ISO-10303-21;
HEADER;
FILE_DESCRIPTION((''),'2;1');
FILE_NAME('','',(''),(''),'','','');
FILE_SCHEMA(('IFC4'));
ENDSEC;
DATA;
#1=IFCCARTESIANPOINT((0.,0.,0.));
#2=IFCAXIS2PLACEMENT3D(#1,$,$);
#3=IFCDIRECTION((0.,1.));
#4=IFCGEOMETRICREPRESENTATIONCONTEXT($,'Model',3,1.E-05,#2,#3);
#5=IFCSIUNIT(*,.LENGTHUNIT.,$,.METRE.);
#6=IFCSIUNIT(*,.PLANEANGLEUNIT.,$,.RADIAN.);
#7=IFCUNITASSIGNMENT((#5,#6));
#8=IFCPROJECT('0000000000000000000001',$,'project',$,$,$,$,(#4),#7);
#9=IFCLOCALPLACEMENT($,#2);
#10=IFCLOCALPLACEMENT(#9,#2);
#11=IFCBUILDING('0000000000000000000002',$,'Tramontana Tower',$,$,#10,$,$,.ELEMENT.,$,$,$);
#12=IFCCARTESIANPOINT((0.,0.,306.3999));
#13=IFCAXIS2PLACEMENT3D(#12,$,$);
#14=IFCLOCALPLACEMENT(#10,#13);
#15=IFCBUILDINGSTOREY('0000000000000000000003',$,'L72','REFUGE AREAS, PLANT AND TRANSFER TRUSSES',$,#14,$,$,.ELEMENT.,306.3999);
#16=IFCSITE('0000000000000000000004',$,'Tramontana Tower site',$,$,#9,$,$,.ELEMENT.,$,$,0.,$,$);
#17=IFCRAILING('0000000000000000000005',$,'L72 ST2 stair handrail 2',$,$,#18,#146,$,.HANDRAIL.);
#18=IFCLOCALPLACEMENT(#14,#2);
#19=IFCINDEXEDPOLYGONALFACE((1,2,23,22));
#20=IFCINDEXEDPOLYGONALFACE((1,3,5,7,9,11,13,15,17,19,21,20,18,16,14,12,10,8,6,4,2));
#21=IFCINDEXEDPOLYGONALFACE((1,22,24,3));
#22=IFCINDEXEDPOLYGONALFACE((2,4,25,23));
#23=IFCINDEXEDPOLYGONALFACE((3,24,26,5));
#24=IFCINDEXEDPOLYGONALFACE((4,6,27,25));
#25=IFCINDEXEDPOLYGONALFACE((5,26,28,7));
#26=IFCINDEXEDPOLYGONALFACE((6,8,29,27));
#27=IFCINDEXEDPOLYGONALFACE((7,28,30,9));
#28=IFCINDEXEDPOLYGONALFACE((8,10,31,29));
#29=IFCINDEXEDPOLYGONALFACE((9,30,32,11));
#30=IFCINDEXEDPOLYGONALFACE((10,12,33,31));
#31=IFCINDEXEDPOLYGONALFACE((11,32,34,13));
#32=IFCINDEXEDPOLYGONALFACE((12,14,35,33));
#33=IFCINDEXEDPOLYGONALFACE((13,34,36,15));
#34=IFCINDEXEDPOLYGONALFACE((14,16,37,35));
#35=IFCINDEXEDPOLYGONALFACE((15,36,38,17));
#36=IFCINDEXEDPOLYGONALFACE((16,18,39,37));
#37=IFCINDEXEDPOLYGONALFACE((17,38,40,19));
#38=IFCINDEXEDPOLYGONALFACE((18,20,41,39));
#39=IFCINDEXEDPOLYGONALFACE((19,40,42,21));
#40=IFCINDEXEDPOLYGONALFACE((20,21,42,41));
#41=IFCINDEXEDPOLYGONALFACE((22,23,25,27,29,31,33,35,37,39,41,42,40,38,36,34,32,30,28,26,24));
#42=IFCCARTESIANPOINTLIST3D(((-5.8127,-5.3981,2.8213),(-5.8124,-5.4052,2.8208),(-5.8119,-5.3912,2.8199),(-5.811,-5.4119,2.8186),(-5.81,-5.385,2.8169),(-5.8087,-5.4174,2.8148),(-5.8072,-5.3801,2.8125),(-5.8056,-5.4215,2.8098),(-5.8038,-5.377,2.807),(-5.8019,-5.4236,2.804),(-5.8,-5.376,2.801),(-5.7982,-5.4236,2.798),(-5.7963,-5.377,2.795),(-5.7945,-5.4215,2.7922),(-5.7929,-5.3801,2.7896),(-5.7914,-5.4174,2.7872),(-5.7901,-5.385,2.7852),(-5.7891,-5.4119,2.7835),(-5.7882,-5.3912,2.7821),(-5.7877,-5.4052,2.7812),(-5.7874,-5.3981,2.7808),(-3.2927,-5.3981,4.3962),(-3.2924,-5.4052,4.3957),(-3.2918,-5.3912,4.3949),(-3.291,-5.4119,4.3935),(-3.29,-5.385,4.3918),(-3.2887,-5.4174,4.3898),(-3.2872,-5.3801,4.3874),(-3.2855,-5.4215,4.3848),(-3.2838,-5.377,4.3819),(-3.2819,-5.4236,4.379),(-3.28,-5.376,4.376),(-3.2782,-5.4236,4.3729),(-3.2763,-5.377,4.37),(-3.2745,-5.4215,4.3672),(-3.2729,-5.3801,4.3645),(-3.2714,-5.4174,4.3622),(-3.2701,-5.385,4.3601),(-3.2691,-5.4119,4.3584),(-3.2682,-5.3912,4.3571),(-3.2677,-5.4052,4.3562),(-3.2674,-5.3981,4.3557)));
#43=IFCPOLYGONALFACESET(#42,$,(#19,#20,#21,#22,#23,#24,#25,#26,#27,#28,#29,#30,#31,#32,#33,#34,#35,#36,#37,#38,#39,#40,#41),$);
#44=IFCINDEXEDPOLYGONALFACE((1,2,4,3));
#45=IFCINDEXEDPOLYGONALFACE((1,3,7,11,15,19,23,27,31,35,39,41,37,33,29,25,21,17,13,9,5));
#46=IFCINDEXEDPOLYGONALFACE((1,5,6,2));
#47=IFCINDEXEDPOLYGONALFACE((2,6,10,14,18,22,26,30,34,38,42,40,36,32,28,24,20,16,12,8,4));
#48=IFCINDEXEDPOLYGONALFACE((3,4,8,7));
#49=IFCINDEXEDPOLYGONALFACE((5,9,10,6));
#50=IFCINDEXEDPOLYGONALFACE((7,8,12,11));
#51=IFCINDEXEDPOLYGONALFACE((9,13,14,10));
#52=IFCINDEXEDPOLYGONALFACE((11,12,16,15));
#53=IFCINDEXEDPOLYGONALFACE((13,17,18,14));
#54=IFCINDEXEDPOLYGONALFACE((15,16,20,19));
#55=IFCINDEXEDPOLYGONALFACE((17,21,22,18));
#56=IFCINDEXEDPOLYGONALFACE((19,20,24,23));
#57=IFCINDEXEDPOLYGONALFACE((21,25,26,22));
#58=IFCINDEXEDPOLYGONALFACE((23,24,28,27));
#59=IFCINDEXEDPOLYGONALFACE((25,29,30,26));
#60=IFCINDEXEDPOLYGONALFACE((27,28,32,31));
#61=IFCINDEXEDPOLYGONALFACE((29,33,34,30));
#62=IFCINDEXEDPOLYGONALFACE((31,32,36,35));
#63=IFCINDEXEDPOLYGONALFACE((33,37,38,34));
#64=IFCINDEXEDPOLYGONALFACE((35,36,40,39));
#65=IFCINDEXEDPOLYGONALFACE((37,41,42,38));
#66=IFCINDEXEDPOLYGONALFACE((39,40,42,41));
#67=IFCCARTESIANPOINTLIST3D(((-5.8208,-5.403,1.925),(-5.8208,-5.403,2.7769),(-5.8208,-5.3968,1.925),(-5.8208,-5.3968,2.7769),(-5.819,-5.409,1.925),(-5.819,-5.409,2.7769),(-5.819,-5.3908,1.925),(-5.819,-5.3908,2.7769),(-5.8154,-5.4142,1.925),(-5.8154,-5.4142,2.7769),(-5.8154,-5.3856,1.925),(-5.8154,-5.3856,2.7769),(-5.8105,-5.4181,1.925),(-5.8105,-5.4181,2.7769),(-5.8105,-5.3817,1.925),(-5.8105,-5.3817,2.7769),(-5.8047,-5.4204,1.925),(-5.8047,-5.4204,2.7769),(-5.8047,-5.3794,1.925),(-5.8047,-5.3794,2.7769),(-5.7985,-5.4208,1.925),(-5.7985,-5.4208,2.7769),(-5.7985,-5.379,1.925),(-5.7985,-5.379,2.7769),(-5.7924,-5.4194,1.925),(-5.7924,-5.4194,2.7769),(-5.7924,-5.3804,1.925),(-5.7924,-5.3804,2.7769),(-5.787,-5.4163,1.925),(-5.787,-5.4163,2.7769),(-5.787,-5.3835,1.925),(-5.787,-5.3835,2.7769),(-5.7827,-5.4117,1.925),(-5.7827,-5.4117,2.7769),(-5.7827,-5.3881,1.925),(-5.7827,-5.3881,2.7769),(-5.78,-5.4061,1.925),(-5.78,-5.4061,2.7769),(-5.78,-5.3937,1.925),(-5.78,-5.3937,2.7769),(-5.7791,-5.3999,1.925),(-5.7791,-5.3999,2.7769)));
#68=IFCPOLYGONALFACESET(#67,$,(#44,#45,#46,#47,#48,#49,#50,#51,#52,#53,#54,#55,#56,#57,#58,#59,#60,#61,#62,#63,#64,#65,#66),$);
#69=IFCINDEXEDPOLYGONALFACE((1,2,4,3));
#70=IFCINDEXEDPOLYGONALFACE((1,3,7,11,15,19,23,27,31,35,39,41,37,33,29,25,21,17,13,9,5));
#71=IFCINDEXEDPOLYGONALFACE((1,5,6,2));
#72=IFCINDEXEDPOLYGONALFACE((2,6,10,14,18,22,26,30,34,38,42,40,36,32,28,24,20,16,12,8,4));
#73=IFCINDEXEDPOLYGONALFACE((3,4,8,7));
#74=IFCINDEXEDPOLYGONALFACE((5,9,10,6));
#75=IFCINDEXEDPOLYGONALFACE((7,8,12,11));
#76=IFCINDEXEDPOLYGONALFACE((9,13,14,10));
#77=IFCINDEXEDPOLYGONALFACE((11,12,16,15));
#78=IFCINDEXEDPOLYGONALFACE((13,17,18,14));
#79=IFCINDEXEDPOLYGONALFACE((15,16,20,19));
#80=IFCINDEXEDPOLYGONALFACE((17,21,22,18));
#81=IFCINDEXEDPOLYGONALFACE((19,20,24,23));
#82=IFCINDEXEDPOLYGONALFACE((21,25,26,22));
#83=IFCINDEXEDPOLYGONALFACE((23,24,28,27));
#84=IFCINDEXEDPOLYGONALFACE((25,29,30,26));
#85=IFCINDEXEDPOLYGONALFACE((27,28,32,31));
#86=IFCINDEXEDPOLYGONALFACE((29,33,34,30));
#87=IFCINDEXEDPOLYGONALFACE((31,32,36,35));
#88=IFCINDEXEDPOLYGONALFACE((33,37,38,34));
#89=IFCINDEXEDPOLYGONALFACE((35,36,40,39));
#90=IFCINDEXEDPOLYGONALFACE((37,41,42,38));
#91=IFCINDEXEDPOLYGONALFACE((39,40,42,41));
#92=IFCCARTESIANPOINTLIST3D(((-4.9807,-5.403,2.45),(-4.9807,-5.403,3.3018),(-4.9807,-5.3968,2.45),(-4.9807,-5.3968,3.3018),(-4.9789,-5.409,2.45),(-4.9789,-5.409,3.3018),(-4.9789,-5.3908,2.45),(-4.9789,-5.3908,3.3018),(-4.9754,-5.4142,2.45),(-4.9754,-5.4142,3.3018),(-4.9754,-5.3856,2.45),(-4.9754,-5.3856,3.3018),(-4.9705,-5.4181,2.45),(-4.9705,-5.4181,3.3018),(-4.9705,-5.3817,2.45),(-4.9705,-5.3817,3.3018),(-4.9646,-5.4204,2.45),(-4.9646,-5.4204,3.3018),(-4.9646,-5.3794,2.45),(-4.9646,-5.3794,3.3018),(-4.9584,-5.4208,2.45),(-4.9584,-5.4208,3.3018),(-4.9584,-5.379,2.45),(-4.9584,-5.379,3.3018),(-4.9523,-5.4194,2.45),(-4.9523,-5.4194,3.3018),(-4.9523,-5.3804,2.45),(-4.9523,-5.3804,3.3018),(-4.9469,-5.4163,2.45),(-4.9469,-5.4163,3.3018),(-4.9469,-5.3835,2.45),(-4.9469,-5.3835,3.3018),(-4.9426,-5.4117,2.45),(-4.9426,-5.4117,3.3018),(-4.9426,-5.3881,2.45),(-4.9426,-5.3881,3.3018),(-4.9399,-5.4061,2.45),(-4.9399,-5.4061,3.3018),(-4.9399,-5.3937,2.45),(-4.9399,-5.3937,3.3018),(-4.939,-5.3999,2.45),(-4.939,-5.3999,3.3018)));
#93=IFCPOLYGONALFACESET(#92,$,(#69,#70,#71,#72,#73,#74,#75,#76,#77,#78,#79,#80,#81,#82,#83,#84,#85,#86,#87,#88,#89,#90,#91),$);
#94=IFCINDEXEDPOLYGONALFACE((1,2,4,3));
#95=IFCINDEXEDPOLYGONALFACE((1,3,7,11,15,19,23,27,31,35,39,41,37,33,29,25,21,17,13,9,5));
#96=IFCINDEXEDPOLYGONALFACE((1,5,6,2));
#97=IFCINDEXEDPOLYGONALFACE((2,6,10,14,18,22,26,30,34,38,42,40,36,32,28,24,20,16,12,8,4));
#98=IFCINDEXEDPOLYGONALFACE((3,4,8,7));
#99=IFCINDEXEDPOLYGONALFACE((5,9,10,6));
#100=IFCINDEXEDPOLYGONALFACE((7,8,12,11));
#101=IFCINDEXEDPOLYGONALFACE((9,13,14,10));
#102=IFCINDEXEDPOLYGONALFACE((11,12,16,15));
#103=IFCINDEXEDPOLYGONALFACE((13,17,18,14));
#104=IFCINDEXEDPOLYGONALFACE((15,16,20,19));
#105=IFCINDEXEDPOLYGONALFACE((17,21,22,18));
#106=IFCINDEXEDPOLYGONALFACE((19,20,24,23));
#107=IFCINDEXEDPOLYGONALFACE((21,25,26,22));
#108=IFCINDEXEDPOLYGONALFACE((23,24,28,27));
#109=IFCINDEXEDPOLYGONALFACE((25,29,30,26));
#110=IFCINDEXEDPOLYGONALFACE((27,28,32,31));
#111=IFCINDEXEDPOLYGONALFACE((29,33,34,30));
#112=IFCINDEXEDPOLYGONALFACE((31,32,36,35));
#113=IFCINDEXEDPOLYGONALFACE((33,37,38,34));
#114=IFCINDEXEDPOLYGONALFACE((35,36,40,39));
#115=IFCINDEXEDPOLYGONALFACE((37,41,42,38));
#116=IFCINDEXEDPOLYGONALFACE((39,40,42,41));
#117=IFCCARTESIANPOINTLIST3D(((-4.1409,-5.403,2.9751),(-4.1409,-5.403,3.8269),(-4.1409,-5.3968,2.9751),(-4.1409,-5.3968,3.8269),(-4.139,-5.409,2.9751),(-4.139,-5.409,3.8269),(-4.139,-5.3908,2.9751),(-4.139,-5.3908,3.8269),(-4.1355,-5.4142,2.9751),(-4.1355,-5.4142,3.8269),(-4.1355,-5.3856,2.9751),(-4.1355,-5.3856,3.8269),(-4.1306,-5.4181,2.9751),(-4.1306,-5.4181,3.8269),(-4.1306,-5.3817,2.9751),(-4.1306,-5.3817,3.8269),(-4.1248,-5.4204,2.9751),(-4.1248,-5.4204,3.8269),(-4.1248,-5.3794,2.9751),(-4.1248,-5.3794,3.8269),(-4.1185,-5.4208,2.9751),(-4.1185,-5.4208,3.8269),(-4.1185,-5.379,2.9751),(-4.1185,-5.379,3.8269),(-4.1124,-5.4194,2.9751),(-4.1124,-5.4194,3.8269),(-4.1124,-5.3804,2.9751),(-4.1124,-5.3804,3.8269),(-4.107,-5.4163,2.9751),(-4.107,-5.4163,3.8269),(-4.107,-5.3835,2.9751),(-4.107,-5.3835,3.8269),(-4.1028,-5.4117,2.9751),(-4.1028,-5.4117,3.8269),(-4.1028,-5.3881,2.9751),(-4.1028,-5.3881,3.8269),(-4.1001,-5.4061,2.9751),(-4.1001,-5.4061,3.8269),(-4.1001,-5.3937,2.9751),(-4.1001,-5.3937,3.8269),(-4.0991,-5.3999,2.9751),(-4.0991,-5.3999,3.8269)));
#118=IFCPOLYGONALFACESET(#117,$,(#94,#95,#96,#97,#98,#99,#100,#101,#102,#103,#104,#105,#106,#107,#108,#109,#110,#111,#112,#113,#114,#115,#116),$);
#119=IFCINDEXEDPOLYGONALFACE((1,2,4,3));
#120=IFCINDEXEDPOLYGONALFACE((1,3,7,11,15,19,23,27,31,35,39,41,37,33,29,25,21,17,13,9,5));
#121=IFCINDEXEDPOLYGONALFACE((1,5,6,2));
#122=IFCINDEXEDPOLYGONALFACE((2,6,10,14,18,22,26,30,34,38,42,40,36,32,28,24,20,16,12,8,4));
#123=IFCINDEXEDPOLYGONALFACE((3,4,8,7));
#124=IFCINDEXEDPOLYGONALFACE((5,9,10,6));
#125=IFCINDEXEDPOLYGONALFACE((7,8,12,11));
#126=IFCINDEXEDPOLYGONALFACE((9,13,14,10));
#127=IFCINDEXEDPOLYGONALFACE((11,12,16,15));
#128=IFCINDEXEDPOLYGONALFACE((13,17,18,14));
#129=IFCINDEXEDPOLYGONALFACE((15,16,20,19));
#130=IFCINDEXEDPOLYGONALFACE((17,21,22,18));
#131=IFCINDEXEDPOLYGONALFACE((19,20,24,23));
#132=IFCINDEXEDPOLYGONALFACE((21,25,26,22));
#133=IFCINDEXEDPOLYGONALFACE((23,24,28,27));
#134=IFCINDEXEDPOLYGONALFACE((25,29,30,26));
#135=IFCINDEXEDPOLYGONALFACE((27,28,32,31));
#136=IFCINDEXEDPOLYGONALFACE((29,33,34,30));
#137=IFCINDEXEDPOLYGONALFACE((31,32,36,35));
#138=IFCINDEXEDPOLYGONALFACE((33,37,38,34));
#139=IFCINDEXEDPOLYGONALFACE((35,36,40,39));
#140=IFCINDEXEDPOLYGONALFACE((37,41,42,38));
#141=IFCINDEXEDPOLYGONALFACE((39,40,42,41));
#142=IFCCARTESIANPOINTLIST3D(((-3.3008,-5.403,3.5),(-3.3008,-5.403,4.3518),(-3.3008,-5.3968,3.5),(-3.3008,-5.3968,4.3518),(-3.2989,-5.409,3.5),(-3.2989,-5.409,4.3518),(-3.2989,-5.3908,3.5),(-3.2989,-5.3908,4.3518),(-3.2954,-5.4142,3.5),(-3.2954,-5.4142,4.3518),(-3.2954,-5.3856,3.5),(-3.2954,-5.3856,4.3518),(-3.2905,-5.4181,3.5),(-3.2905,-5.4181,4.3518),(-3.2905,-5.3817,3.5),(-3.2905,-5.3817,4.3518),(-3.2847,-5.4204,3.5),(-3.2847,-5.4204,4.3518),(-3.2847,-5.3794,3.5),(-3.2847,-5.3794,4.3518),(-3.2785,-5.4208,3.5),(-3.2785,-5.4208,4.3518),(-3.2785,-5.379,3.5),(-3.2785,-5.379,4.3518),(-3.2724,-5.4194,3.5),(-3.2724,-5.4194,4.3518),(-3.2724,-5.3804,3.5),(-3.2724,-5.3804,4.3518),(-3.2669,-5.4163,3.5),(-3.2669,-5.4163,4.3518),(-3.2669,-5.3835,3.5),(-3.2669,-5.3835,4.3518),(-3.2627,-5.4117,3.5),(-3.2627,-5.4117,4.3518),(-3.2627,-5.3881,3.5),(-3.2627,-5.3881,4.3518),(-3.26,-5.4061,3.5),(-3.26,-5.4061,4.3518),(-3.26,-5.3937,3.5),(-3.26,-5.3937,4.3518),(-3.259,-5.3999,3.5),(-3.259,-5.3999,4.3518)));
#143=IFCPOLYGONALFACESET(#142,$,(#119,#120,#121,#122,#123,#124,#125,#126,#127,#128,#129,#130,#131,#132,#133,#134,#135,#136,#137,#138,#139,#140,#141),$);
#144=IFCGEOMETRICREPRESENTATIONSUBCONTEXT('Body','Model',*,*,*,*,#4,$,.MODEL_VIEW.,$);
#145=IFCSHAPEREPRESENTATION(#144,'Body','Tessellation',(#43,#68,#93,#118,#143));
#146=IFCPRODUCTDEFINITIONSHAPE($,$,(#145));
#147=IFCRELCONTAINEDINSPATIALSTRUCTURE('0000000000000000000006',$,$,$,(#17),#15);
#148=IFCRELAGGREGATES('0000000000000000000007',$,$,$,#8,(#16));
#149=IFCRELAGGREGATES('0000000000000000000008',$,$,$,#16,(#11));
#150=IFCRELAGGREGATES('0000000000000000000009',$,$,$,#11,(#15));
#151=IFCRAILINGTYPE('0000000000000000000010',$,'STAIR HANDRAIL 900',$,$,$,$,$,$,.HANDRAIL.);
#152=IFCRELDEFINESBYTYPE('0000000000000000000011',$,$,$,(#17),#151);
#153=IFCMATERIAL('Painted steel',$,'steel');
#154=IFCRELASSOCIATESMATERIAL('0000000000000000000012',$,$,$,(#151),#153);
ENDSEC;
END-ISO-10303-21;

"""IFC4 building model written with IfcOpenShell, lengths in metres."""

from ifc_helpers import new_model, si_unit, direction, frame, origin, origin_2d, place, context, subcontext, project, spatial, circle, extrude, material, type_object, element, save


model = new_model("IFC4")

# Units and contexts
model_context = context("Model", 3, precision=1e-05, world=origin(), true_north=direction((0.0, 1.0)))
body_context = subcontext(model_context, "Body", "Model", "MODEL_VIEW")
ifc_project = project(units=[si_unit("LENGTHUNIT", "METRE"), si_unit("PLANEANGLEUNIT", "RADIAN")], contexts=[model_context])

# Site, building, storey
site_placement = place(None, origin())
site = spatial("IfcSite", under=ifc_project, at=site_placement, Name="Tramontana Tower site", CompositionType="ELEMENT", RefElevation=0.0)
building_placement = place(site_placement, origin())
building = spatial("IfcBuilding", under=site, at=building_placement, Name="Tramontana Tower", CompositionType="ELEMENT")
storey_placement = place(building_placement, frame((0.0, 0.0, 306.3999)))
storey = spatial("IfcBuildingStorey", under=building, at=storey_placement, Name="L72", Description="REFUGE AREAS, PLANT AND TRANSFER TRUSSES", CompositionType="ELEMENT", Elevation=306.3999)

# Railing
ifc_material_1 = material(Name="Painted steel", Category="steel")
railing_type_1 = type_object("IfcRailingType", Name="STAIR HANDRAIL 900", PredefinedType="HANDRAIL", material=ifc_material_1)
for number, where, name in (
    (1, (-5.8, -5.3999, 1.925), "L72 ST2 stair handrail 2"),
):
    element("IfcRailing", number, at=place(storey_placement, frame(where)), inside=storey, type_object=railing_type_1, Name=name, PredefinedType="HANDRAIL", context=body_context, shape_type="SweptSolid", body=[
        extrude(circle(Radius=0.0239, at=origin_2d()), frame((0.0, 0.0, 0.876), z_axis=(0.848008, 0.0, 0.529984), x_axis=(0.0, 1.0, 0.0)), (0.0, 0.0, 1.0), 2.9717),
        extrude(circle(Radius=0.021, at=origin_2d()), origin(), (0.0, 0.0, 1.0), 0.8518),
        extrude(circle(Radius=0.021, at=origin_2d()), frame((0.8401, 0.0, 0.5249)), (0.0, 0.0, 1.0), 0.8518),
        extrude(circle(Radius=0.021, at=origin_2d()), frame((1.6799, 0.0, 1.05)), (0.0, 0.0, 1.0), 0.8518),
        extrude(circle(Radius=0.021, at=origin_2d()), frame((2.52, 0.0, 1.575)), (0.0, 0.0, 1.0), 0.8518),
    ])

save(model, "model.ifc")
